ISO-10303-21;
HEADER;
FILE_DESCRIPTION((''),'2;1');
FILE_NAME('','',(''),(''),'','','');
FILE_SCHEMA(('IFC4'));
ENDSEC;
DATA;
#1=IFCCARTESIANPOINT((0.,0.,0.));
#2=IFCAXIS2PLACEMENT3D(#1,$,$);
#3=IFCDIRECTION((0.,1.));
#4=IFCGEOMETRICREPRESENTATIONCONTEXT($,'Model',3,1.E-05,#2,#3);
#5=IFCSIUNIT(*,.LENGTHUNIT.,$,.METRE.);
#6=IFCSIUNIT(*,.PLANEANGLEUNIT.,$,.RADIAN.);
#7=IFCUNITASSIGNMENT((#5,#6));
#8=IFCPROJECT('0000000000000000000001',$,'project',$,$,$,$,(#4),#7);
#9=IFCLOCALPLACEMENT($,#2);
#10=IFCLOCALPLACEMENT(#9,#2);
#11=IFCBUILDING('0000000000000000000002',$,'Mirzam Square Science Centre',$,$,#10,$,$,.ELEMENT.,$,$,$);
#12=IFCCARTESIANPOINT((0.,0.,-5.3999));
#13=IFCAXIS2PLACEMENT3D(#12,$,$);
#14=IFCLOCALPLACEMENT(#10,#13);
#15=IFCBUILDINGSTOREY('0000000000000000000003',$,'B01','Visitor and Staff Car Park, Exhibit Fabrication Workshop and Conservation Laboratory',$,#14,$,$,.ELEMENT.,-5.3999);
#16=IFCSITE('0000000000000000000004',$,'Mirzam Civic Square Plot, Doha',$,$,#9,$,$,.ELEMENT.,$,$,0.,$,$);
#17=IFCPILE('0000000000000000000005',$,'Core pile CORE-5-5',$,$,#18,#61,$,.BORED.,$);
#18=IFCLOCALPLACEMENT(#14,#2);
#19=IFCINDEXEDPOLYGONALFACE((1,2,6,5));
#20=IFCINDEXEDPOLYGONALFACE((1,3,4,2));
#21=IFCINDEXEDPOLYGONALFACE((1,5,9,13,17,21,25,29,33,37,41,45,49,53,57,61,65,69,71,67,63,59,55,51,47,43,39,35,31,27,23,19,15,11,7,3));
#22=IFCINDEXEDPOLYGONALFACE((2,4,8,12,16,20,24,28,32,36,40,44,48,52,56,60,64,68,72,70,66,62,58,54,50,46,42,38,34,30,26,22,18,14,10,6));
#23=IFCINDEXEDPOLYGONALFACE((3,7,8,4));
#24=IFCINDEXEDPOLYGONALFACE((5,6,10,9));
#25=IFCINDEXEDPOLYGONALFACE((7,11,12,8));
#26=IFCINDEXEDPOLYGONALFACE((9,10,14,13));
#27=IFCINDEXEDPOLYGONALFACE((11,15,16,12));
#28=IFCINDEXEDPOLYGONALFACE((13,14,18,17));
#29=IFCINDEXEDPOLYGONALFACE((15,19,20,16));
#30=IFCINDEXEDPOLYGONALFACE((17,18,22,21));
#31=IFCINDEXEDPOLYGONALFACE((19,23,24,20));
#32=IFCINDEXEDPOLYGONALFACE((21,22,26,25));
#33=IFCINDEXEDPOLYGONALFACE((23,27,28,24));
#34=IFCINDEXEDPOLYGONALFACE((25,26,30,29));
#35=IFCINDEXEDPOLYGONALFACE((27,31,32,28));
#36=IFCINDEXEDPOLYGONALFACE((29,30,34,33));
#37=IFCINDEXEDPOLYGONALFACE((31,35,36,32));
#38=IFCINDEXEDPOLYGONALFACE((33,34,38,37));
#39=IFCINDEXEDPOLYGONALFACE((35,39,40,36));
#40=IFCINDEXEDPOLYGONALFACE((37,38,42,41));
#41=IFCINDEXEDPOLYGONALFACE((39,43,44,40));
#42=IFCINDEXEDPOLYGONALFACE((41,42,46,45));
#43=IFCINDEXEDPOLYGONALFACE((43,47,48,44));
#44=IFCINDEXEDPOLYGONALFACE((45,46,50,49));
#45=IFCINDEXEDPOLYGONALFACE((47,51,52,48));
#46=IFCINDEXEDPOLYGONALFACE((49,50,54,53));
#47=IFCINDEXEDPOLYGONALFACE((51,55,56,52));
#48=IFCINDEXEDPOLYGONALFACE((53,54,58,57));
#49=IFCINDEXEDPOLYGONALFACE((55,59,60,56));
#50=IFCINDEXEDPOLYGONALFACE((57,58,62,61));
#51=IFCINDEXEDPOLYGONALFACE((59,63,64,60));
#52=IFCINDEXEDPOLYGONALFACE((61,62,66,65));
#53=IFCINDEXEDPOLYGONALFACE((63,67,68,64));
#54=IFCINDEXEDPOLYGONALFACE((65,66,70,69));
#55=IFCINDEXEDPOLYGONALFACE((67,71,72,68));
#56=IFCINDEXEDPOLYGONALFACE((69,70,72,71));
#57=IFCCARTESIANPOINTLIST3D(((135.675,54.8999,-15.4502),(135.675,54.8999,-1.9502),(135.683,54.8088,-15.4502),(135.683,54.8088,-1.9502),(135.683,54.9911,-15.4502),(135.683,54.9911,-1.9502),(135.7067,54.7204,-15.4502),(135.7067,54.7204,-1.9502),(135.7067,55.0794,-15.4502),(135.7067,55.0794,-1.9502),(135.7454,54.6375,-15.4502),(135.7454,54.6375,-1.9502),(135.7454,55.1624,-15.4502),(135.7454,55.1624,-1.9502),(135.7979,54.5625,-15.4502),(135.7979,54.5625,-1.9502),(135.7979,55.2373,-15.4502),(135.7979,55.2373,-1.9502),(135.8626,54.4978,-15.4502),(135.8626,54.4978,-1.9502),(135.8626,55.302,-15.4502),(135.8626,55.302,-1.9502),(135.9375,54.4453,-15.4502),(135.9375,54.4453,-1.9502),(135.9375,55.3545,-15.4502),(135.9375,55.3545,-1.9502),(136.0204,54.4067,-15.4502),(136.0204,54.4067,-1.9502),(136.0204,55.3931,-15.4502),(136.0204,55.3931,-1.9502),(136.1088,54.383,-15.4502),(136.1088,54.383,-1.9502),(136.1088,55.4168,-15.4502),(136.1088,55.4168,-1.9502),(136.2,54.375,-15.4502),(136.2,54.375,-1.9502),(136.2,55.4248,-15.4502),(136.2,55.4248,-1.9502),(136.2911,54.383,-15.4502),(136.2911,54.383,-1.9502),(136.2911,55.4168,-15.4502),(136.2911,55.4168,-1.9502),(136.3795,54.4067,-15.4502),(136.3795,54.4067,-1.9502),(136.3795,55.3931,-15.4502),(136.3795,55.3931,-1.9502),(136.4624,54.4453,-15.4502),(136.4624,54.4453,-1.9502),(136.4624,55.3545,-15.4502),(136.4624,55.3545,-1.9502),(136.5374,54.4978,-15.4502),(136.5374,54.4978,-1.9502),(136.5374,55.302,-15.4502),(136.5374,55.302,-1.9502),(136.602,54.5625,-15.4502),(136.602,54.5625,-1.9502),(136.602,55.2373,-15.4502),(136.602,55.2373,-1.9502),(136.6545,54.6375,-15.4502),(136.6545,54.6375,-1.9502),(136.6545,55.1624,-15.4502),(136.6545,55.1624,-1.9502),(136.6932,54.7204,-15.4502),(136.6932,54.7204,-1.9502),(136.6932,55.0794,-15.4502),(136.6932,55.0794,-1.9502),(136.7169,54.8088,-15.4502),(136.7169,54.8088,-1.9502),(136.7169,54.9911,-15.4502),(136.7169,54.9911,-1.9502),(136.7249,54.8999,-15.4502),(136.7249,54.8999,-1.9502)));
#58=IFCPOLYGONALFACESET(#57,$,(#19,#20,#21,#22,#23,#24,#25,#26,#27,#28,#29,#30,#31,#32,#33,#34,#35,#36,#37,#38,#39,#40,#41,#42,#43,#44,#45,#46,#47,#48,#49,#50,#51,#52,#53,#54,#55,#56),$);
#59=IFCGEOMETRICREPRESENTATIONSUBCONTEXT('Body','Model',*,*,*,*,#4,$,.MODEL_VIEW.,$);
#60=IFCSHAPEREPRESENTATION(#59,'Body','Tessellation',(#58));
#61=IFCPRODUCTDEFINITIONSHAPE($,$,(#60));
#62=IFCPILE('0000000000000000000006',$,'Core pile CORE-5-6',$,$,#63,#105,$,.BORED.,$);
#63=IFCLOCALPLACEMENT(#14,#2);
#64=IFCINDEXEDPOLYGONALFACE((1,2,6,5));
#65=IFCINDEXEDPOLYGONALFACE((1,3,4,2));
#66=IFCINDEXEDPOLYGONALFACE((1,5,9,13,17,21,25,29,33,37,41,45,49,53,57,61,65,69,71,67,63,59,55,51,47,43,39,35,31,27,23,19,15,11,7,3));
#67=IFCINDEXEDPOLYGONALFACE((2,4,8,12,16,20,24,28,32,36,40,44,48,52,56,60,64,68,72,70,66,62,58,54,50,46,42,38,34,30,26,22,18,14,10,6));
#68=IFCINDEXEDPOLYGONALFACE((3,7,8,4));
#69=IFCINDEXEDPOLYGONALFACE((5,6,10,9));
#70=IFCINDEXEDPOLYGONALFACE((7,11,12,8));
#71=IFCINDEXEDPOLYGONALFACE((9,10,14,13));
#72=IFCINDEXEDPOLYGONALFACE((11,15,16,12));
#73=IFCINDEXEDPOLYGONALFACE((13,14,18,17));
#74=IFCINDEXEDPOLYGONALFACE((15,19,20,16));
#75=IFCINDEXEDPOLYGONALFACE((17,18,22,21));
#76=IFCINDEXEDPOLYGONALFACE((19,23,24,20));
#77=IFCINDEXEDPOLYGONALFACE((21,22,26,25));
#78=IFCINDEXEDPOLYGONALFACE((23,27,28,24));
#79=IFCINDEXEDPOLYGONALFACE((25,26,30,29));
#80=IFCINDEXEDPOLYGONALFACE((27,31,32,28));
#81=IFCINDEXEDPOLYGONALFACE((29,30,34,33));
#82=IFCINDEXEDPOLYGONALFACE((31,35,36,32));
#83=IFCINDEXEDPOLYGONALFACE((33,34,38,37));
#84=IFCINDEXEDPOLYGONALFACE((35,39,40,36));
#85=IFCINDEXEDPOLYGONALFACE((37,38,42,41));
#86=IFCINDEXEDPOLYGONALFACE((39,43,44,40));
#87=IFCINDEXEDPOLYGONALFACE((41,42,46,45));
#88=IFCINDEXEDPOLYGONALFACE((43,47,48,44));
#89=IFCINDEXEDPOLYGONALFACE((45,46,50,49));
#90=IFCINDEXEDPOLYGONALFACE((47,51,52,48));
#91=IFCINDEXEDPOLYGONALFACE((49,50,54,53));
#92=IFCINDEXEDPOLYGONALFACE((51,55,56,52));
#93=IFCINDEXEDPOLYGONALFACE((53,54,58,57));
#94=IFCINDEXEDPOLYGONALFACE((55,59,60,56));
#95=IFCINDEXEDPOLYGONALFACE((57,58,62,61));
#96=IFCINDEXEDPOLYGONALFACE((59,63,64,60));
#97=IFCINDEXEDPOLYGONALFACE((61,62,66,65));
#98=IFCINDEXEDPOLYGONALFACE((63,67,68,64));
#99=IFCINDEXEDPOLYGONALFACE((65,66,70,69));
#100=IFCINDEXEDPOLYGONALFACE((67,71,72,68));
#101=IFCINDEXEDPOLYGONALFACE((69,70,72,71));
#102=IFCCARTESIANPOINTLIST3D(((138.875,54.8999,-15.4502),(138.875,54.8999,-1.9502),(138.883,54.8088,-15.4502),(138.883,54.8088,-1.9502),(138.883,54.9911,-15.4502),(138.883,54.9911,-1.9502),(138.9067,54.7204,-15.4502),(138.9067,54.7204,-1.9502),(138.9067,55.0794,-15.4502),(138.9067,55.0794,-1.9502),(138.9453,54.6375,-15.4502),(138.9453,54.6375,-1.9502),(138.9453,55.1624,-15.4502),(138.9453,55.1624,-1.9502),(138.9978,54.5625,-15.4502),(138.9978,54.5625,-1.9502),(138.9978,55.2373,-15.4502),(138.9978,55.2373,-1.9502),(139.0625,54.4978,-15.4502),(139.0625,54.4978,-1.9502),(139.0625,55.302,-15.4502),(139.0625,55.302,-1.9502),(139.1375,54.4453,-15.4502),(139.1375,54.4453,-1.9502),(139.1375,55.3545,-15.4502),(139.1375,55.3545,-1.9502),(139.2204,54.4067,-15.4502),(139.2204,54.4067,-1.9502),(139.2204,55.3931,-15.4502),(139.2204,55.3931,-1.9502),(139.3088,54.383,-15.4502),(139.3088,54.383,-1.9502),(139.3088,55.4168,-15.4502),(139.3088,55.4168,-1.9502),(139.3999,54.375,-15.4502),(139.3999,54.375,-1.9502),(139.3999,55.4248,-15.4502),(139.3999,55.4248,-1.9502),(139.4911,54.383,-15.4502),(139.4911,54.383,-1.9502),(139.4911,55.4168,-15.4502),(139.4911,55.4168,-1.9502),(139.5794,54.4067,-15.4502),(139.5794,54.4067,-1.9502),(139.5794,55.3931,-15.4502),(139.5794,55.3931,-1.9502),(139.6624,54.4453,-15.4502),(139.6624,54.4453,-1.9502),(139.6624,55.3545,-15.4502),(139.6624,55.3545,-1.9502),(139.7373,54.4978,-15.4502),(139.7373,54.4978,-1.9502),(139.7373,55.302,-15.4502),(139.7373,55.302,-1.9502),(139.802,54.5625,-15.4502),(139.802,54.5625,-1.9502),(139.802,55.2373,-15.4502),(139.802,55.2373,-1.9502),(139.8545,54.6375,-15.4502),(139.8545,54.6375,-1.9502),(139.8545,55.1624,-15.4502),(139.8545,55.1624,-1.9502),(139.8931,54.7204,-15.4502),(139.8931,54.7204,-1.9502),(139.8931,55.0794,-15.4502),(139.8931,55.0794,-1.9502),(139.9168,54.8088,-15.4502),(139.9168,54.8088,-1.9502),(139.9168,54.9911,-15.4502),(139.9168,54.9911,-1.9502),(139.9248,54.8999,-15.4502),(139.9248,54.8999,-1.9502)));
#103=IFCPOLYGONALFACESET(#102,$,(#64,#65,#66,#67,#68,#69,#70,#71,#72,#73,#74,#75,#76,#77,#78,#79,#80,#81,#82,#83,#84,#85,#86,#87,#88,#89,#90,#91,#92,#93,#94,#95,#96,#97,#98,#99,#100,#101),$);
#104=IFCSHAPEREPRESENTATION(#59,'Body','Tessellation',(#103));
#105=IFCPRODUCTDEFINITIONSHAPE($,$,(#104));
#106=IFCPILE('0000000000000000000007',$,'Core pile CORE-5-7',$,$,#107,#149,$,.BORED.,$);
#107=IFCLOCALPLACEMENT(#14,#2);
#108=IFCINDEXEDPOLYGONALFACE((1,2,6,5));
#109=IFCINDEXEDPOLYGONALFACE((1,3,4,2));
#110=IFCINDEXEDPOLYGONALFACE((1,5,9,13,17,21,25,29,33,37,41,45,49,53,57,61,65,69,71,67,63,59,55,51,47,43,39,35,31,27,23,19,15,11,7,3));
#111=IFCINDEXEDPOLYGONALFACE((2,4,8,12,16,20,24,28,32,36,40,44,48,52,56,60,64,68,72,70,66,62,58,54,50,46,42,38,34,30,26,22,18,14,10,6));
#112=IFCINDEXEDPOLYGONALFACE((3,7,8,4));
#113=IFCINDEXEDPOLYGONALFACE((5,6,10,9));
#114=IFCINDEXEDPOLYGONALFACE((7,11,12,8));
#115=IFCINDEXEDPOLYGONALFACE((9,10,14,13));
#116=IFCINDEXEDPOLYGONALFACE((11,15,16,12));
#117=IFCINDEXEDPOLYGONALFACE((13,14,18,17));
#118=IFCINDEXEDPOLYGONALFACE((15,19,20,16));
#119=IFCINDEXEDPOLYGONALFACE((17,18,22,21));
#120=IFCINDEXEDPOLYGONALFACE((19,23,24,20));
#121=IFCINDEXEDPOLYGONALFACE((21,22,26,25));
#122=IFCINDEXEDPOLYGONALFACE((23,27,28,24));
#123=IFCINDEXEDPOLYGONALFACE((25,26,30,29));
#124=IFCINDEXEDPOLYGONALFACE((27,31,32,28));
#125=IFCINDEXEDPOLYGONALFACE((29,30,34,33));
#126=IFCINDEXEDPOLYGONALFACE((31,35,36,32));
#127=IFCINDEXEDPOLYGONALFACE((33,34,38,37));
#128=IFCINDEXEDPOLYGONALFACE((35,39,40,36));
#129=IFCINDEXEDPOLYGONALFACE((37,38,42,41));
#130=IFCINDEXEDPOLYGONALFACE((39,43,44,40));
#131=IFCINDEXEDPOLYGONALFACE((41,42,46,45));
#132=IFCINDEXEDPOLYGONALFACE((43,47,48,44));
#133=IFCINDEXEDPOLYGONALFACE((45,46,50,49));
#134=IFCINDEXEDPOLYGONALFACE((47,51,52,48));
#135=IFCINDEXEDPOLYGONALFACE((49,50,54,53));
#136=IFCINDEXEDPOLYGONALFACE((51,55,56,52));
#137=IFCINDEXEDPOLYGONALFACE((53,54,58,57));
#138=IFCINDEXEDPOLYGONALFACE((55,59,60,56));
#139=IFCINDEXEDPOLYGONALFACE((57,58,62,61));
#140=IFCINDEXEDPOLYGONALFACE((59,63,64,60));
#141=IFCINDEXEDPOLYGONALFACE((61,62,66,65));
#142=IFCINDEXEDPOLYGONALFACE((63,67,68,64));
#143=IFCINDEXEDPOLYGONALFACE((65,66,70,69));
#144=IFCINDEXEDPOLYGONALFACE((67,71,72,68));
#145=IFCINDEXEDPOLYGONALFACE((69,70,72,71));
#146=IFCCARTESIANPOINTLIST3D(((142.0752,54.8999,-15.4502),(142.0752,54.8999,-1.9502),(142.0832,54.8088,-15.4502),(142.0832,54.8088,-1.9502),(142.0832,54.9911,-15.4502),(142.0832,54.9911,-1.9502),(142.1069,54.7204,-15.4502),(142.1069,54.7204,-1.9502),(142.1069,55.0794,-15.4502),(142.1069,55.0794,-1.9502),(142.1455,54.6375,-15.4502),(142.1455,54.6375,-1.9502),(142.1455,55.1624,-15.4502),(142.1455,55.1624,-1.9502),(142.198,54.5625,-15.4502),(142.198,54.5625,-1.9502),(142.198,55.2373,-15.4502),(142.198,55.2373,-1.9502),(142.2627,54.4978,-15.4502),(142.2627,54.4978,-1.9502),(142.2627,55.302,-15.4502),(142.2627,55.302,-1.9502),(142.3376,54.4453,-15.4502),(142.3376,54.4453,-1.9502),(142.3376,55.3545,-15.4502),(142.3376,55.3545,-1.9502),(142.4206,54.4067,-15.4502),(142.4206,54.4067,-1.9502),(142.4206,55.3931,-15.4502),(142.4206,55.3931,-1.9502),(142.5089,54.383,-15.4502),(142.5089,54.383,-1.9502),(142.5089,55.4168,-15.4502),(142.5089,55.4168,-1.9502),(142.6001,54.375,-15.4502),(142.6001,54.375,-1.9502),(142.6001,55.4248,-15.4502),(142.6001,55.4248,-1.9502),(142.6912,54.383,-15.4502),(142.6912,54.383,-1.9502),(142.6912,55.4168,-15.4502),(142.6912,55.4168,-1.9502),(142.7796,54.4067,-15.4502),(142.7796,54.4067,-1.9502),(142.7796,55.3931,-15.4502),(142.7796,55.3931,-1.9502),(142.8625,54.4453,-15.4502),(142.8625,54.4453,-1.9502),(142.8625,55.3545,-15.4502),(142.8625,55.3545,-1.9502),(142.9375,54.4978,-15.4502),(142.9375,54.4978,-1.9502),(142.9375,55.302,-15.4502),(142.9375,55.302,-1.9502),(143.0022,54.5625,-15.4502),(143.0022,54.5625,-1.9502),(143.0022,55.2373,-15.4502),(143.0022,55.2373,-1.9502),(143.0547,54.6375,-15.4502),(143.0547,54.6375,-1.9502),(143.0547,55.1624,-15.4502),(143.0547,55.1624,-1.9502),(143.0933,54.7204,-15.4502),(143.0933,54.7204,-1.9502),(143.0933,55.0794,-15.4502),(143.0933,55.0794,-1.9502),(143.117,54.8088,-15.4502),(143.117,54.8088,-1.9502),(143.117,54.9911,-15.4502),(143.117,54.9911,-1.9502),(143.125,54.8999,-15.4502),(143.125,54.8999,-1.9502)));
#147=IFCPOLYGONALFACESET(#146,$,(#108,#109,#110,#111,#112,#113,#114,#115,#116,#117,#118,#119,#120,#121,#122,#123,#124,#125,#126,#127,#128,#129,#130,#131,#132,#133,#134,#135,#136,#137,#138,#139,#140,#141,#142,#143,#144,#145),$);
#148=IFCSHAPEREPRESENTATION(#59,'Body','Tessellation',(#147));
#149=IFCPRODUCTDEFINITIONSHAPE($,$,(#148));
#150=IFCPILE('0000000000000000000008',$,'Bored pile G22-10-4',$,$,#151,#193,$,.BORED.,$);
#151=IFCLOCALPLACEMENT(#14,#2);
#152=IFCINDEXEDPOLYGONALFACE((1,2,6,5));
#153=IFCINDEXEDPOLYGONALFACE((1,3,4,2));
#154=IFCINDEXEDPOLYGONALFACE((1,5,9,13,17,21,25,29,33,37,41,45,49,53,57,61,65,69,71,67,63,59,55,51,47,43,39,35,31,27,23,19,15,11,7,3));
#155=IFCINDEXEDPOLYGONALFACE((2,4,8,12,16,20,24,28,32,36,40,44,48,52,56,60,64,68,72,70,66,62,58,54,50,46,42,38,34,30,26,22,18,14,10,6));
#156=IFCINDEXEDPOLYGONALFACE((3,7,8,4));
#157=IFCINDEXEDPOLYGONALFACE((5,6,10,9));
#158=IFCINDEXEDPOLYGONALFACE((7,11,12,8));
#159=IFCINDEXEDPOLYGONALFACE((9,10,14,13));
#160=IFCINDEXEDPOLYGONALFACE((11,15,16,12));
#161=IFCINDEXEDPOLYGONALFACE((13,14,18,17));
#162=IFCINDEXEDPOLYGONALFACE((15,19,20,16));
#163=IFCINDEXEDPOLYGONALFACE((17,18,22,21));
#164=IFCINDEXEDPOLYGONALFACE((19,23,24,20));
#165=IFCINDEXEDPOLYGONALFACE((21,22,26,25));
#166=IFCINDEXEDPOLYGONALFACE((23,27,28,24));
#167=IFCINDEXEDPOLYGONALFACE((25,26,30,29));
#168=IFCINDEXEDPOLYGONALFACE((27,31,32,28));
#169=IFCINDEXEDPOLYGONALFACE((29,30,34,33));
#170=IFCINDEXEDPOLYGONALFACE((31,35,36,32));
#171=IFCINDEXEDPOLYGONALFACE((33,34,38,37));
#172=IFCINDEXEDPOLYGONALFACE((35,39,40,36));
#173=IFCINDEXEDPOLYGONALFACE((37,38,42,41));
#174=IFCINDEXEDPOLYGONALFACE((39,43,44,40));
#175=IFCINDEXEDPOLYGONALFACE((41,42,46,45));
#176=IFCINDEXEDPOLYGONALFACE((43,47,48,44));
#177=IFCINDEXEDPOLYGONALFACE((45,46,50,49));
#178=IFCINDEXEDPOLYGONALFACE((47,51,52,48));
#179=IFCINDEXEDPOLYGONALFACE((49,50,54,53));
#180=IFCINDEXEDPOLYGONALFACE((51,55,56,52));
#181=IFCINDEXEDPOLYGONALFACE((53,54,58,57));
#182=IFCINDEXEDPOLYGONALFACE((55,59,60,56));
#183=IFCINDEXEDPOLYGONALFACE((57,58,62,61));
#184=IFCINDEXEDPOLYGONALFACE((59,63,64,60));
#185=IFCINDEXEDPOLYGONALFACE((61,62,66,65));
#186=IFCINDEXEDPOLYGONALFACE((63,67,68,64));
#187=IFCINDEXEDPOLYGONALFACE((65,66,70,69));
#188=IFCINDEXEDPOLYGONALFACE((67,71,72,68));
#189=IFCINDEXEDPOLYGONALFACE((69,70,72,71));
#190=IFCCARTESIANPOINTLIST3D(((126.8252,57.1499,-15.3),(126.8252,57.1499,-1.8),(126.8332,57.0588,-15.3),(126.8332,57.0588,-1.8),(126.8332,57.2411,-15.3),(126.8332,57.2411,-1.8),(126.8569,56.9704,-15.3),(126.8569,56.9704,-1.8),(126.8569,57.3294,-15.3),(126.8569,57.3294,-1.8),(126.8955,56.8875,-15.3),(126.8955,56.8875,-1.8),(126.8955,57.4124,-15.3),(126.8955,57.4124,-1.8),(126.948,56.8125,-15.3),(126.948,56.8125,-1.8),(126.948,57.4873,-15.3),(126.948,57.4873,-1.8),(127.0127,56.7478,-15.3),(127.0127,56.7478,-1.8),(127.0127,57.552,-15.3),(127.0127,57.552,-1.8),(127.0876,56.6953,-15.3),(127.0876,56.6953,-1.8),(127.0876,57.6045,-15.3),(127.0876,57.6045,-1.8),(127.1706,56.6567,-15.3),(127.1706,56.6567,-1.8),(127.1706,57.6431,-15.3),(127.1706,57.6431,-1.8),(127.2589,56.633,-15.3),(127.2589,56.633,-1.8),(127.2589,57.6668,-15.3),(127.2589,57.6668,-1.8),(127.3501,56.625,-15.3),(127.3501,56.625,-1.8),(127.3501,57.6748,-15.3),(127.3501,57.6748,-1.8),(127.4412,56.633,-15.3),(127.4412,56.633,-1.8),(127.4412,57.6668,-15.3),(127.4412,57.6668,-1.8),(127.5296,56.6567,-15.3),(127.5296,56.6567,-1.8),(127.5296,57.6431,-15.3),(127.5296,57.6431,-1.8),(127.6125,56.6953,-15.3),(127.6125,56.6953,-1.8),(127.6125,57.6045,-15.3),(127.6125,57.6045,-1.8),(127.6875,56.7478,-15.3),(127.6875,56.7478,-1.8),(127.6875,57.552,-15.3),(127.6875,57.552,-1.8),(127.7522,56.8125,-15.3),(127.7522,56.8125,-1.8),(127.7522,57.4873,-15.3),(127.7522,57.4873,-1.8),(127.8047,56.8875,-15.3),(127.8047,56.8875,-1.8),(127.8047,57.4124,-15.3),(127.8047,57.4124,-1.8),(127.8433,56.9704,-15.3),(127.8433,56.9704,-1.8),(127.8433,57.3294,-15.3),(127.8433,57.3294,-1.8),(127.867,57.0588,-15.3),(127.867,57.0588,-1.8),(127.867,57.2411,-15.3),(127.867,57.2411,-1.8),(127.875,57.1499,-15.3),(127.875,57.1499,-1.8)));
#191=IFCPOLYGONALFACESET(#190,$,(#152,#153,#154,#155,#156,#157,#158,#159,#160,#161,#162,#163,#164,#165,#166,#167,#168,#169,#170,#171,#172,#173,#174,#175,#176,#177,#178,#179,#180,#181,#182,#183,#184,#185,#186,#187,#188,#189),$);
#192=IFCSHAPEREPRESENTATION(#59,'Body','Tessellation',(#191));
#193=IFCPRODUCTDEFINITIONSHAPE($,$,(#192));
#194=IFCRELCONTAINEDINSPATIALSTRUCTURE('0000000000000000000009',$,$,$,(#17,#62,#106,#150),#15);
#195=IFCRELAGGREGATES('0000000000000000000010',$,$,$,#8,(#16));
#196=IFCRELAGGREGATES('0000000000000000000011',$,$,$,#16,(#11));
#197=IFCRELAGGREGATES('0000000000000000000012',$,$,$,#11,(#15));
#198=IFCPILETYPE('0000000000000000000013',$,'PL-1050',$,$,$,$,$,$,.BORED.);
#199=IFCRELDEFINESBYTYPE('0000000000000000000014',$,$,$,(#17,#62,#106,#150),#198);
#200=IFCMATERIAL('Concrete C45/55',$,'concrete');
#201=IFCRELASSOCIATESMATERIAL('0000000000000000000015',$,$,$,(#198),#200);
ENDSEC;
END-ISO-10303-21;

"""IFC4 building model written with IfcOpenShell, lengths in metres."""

from ifc_helpers import new_model, si_unit, direction, frame, origin, origin_2d, place, context, subcontext, project, spatial, circle, extrude, material, material_profile, profile_set, type_object, element, save


model = new_model("IFC4")

# Units and contexts
model_context = context("Model", 3, precision=1e-05, world=origin(), true_north=direction((0.0, 1.0)))
body_context = subcontext(model_context, "Body", "Model", "MODEL_VIEW")
ifc_project = project(units=[si_unit("LENGTHUNIT", "METRE"), si_unit("PLANEANGLEUNIT", "RADIAN")], contexts=[model_context])

# Site, building, storey
site_placement = place(None, origin())
site = spatial("IfcSite", under=ifc_project, at=site_placement, Name="Mirzam Civic Square Plot, Doha", CompositionType="ELEMENT", RefElevation=0.0)
building_placement = place(site_placement, origin())
building = spatial("IfcBuilding", under=site, at=building_placement, Name="Mirzam Square Science Centre", CompositionType="ELEMENT")
storey_placement = place(building_placement, frame((0.0, 0.0, -5.3999)))
storey = spatial("IfcBuildingStorey", under=building, at=storey_placement, Name="B01", Description="Visitor and Staff Car Park, Exhibit Fabrication Workshop and Conservation Laboratory", CompositionType="ELEMENT", Elevation=-5.3999)

# Shared definitions
ifc_material_1 = material(Name="Concrete C45/55", Category="concrete")

# Piles
ifc_material_profile_1 = material_profile(ifc_material_1, circle(Radius=0.5249, at=origin_2d()), Name="PILE-D1050")
ifc_profile_set_1 = profile_set([ifc_material_profile_1], Name="Concrete C45/55")
pile_type_1 = type_object("IfcPileType", Name="PL-1050", PredefinedType="BORED", material=ifc_profile_set_1)
for number, where, z_axis, x_axis, name in (
    (1, (136.2, 54.8999, -1.9502), (0.0, 0.0, -1.0), (1.0, 0.0, 0.0), "Core pile CORE-5-5"),
    (2, (139.3999, 54.8999, -1.9502), (0.0, 0.0, -1.0), (1.0, 0.0, 0.0), "Core pile CORE-5-6"),
    (3, (142.6001, 54.8999, -1.9502), (0.0, 0.0, -1.0), (1.0, 0.0, 0.0), "Core pile CORE-5-7"),
    (4, (127.3501, 57.1499, -1.8), (0.0, 0.0, -1.0), (1.0, 0.0, 0.0), "Bored pile G22-10-4"),
):
    element("IfcPile", number, at=place(storey_placement, frame(where, z_axis=z_axis, x_axis=x_axis)), inside=storey, type_object=pile_type_1, Name=name, PredefinedType="BORED", context=body_context, shape_type="SweptSolid", body=[
        extrude(circle(Radius=0.5249, at=origin_2d()), origin(), (0.0, 0.0, 1.0), 13.5),
    ])

save(model, "model.ifc")
